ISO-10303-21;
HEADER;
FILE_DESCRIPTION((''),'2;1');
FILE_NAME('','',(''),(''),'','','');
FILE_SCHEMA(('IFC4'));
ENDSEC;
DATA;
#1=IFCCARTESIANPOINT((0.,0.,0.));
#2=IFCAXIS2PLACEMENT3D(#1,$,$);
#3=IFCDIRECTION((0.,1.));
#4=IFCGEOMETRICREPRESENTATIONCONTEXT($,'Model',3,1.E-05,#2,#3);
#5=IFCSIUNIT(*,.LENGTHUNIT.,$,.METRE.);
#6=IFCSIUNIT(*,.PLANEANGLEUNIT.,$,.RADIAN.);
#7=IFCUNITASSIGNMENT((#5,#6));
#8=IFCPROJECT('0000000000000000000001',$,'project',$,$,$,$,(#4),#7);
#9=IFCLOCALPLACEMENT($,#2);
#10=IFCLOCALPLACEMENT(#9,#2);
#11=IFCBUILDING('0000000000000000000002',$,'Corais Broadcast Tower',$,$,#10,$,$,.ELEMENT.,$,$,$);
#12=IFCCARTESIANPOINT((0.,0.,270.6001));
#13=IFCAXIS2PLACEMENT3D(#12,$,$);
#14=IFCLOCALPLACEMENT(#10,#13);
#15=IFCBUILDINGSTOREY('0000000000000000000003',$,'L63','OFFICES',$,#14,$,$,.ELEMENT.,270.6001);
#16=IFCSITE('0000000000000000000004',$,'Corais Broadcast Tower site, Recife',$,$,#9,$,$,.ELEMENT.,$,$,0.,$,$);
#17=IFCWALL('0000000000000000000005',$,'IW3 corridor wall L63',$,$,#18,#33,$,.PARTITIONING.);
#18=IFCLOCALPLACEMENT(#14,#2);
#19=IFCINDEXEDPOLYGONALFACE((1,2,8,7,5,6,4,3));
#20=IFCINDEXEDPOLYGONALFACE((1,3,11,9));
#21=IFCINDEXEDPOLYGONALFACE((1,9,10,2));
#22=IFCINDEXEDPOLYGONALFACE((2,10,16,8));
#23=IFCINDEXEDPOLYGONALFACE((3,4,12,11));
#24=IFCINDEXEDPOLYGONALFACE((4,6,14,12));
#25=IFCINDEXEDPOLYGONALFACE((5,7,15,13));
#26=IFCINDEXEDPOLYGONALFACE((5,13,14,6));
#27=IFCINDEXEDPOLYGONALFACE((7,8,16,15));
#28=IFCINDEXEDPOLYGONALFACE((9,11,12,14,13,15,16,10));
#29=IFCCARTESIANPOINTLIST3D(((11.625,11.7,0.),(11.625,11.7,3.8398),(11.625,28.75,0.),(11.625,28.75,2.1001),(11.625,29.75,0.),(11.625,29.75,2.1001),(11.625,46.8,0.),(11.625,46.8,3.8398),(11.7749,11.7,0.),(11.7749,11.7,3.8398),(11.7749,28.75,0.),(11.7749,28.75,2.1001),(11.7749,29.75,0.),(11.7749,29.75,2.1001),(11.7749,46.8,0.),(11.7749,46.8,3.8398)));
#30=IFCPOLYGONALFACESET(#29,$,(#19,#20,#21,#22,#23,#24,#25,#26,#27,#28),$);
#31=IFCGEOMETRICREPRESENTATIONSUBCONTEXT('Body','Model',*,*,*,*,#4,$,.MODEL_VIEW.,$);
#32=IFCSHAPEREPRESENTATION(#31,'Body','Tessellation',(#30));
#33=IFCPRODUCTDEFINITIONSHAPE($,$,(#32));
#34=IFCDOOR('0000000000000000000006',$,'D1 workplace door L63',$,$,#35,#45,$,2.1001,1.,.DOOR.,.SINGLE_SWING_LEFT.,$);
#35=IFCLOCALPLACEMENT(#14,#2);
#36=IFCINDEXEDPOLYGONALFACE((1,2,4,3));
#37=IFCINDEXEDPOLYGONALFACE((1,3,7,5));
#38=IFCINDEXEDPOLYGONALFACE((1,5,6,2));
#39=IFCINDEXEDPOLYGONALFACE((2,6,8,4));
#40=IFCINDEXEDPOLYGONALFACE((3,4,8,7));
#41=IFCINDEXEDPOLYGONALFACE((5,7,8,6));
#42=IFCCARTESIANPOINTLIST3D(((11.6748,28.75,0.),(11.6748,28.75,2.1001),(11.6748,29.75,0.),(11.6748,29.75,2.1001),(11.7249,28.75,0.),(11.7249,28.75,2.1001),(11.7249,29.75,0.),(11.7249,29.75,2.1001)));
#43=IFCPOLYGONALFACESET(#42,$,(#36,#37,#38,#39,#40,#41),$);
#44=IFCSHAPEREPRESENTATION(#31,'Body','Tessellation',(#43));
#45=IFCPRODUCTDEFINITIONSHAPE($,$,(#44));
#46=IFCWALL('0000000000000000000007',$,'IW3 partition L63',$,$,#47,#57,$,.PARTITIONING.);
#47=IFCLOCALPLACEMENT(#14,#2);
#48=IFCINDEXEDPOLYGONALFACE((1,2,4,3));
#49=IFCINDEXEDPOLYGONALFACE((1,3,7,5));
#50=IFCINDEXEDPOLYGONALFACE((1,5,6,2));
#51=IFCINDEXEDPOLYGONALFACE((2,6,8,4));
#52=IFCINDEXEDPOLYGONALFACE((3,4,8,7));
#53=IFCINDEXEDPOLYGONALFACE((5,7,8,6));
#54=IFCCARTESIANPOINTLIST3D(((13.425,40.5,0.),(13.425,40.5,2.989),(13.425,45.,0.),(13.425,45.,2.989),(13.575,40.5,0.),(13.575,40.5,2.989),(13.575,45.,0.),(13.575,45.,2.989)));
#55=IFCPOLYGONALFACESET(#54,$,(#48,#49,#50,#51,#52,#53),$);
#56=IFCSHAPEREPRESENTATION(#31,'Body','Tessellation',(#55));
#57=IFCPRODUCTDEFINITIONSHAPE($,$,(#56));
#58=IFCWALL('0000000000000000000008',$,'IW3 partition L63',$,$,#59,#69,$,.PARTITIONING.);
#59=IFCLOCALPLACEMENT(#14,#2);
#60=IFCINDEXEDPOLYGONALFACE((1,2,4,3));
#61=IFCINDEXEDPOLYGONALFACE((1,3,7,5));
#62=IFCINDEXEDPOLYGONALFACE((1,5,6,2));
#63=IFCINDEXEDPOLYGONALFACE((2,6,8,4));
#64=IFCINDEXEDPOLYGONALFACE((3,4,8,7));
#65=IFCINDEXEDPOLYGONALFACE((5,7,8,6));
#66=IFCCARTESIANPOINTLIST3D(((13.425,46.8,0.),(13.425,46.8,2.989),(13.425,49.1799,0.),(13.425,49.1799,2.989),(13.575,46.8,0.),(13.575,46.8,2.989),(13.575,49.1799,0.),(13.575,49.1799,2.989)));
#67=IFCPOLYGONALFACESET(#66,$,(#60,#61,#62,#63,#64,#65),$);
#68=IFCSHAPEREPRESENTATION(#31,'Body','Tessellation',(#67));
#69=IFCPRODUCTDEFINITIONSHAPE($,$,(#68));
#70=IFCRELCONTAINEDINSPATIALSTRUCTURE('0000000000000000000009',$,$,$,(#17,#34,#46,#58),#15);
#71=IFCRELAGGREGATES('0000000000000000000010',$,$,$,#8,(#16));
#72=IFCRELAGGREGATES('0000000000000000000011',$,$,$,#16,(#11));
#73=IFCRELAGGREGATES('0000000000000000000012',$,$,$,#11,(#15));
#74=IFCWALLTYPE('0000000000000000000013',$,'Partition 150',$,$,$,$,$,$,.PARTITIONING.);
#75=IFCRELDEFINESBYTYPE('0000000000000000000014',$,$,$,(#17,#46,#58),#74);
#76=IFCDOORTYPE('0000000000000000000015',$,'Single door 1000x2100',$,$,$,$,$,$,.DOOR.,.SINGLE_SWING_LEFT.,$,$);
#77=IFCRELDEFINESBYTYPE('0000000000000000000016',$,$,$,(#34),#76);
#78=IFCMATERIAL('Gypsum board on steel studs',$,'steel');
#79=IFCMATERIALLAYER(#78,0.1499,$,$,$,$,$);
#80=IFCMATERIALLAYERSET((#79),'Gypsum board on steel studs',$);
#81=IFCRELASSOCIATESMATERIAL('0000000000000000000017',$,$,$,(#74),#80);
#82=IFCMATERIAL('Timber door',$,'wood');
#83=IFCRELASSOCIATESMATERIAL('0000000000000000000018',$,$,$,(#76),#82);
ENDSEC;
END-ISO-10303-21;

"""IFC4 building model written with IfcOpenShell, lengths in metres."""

from ifc_helpers import new_model, si_unit, direction, frame, frame_2d, origin, place, context, subcontext, project, spatial, rectangle, extrude, material, layer, layer_set, type_object, element, fill, save


model = new_model("IFC4")

# Units and contexts
model_context = context("Model", 3, precision=1e-05, world=origin(), true_north=direction((0.0, 1.0)))
body_context = subcontext(model_context, "Body", "Model", "MODEL_VIEW")
ifc_project = project(units=[si_unit("LENGTHUNIT", "METRE"), si_unit("PLANEANGLEUNIT", "RADIAN")], contexts=[model_context])

# Site, building, storey
site_placement = place(None, origin())
site = spatial("IfcSite", under=ifc_project, at=site_placement, Name="Corais Broadcast Tower site, Recife", CompositionType="ELEMENT", RefElevation=0.0)
building_placement = place(site_placement, origin())
building = spatial("IfcBuilding", under=site, at=building_placement, Name="Corais Broadcast Tower", CompositionType="ELEMENT")
storey_placement = place(building_placement, frame((0.0, 0.0, 270.6001)))
storey = spatial("IfcBuildingStorey", under=building, at=storey_placement, Name="L63", Description="OFFICES", CompositionType="ELEMENT", Elevation=270.6001)

# Wall, opening, door
ifc_material_1 = material(Name="Gypsum board on steel studs", Category="steel")
ifc_layer_1 = layer(ifc_material_1, 0.1499)
ifc_layer_set_1 = layer_set([ifc_layer_1], Name="Gypsum board on steel studs")
wall_type_1 = type_object("IfcWallType", Name="Partition 150", PredefinedType="PARTITIONING", material=ifc_layer_set_1)
wall_1_placement = place(storey_placement, frame((11.7, 46.8, 0.0), z_axis=(0.0, 0.0, 1.0), x_axis=(0.0, -1.0, 0.0)))
wall_1 = element("IfcWall", 1, at=wall_1_placement, inside=storey, type_object=wall_type_1, Name="IW3 corridor wall L63", PredefinedType="PARTITIONING", context=body_context, shape_type="SweptSolid", body=[
    extrude(rectangle(XDim=35.1001, YDim=0.1499, at=frame_2d((17.55, 0.0))), origin(), (0.0, 0.0, 1.0), 3.8398),
])
opening_1_placement = place(wall_1_placement, frame((17.05, 0.0, 0.0)))
opening_1 = element("IfcOpeningElement", 2, at=opening_1_placement, cuts=wall_1, PredefinedType="OPENING", context=body_context, shape_type="SweptSolid", body=[
    extrude(rectangle(XDim=1.0, YDim=2.1001, at=frame_2d((0.5, 1.05))), frame((0.0, 0.085, 0.0), z_axis=(0.0, -1.0, 0.0), x_axis=(1.0, 0.0, 0.0)), (0.0, 0.0, 1.0), 0.1699),
])
ifc_material_2 = material(Name="Timber door", Category="wood")
door_type_1 = type_object("IfcDoorType", Name="Single door 1000x2100", OperationType="SINGLE_SWING_LEFT", PredefinedType="DOOR", material=ifc_material_2)
door_1_placement = place(opening_1_placement, origin())
door_1 = element("IfcDoor", 3, at=door_1_placement, inside=storey, type_object=door_type_1, Name="D1 workplace door L63", OperationType="SINGLE_SWING_LEFT", OverallHeight=2.1001, OverallWidth=1.0, PredefinedType="DOOR", context=body_context, shape_type="SweptSolid", body=[
    extrude(rectangle(XDim=1.0, YDim=2.1001, at=frame_2d((0.5, 1.05))), frame((0.0, 0.0249, 0.0), z_axis=(0.0, -1.0, 0.0), x_axis=(1.0, 0.0, 0.0)), (0.0, 0.0, 1.0), 0.05),
])
fill(opening_1, door_1)

# Walls
wall_2_placement = place(storey_placement, frame((13.5, 45.0, 0.0), z_axis=(0.0, 0.0, 1.0), x_axis=(0.0, -1.0, 0.0)))
element("IfcWall", 4, at=wall_2_placement, inside=storey, type_object=wall_type_1, Name="IW3 partition L63", PredefinedType="PARTITIONING", context=body_context, shape_type="SweptSolid", body=[
    extrude(rectangle(XDim=4.5, YDim=0.1499, at=frame_2d((2.25, 0.0))), origin(), (0.0, 0.0, 1.0), 2.989),
])
wall_3_placement = place(storey_placement, frame((13.5, 46.8, 0.0), z_axis=(0.0, 0.0, 1.0), x_axis=(0.0, 1.0, 0.0)))
element("IfcWall", 5, at=wall_3_placement, inside=storey, type_object=wall_type_1, Name="IW3 partition L63", PredefinedType="PARTITIONING", context=body_context, shape_type="SweptSolid", body=[
    extrude(rectangle(XDim=2.3799, YDim=0.1499, at=frame_2d((1.1899, 0.0))), origin(), (0.0, 0.0, 1.0), 2.989),
])

save(model, "model.ifc")
